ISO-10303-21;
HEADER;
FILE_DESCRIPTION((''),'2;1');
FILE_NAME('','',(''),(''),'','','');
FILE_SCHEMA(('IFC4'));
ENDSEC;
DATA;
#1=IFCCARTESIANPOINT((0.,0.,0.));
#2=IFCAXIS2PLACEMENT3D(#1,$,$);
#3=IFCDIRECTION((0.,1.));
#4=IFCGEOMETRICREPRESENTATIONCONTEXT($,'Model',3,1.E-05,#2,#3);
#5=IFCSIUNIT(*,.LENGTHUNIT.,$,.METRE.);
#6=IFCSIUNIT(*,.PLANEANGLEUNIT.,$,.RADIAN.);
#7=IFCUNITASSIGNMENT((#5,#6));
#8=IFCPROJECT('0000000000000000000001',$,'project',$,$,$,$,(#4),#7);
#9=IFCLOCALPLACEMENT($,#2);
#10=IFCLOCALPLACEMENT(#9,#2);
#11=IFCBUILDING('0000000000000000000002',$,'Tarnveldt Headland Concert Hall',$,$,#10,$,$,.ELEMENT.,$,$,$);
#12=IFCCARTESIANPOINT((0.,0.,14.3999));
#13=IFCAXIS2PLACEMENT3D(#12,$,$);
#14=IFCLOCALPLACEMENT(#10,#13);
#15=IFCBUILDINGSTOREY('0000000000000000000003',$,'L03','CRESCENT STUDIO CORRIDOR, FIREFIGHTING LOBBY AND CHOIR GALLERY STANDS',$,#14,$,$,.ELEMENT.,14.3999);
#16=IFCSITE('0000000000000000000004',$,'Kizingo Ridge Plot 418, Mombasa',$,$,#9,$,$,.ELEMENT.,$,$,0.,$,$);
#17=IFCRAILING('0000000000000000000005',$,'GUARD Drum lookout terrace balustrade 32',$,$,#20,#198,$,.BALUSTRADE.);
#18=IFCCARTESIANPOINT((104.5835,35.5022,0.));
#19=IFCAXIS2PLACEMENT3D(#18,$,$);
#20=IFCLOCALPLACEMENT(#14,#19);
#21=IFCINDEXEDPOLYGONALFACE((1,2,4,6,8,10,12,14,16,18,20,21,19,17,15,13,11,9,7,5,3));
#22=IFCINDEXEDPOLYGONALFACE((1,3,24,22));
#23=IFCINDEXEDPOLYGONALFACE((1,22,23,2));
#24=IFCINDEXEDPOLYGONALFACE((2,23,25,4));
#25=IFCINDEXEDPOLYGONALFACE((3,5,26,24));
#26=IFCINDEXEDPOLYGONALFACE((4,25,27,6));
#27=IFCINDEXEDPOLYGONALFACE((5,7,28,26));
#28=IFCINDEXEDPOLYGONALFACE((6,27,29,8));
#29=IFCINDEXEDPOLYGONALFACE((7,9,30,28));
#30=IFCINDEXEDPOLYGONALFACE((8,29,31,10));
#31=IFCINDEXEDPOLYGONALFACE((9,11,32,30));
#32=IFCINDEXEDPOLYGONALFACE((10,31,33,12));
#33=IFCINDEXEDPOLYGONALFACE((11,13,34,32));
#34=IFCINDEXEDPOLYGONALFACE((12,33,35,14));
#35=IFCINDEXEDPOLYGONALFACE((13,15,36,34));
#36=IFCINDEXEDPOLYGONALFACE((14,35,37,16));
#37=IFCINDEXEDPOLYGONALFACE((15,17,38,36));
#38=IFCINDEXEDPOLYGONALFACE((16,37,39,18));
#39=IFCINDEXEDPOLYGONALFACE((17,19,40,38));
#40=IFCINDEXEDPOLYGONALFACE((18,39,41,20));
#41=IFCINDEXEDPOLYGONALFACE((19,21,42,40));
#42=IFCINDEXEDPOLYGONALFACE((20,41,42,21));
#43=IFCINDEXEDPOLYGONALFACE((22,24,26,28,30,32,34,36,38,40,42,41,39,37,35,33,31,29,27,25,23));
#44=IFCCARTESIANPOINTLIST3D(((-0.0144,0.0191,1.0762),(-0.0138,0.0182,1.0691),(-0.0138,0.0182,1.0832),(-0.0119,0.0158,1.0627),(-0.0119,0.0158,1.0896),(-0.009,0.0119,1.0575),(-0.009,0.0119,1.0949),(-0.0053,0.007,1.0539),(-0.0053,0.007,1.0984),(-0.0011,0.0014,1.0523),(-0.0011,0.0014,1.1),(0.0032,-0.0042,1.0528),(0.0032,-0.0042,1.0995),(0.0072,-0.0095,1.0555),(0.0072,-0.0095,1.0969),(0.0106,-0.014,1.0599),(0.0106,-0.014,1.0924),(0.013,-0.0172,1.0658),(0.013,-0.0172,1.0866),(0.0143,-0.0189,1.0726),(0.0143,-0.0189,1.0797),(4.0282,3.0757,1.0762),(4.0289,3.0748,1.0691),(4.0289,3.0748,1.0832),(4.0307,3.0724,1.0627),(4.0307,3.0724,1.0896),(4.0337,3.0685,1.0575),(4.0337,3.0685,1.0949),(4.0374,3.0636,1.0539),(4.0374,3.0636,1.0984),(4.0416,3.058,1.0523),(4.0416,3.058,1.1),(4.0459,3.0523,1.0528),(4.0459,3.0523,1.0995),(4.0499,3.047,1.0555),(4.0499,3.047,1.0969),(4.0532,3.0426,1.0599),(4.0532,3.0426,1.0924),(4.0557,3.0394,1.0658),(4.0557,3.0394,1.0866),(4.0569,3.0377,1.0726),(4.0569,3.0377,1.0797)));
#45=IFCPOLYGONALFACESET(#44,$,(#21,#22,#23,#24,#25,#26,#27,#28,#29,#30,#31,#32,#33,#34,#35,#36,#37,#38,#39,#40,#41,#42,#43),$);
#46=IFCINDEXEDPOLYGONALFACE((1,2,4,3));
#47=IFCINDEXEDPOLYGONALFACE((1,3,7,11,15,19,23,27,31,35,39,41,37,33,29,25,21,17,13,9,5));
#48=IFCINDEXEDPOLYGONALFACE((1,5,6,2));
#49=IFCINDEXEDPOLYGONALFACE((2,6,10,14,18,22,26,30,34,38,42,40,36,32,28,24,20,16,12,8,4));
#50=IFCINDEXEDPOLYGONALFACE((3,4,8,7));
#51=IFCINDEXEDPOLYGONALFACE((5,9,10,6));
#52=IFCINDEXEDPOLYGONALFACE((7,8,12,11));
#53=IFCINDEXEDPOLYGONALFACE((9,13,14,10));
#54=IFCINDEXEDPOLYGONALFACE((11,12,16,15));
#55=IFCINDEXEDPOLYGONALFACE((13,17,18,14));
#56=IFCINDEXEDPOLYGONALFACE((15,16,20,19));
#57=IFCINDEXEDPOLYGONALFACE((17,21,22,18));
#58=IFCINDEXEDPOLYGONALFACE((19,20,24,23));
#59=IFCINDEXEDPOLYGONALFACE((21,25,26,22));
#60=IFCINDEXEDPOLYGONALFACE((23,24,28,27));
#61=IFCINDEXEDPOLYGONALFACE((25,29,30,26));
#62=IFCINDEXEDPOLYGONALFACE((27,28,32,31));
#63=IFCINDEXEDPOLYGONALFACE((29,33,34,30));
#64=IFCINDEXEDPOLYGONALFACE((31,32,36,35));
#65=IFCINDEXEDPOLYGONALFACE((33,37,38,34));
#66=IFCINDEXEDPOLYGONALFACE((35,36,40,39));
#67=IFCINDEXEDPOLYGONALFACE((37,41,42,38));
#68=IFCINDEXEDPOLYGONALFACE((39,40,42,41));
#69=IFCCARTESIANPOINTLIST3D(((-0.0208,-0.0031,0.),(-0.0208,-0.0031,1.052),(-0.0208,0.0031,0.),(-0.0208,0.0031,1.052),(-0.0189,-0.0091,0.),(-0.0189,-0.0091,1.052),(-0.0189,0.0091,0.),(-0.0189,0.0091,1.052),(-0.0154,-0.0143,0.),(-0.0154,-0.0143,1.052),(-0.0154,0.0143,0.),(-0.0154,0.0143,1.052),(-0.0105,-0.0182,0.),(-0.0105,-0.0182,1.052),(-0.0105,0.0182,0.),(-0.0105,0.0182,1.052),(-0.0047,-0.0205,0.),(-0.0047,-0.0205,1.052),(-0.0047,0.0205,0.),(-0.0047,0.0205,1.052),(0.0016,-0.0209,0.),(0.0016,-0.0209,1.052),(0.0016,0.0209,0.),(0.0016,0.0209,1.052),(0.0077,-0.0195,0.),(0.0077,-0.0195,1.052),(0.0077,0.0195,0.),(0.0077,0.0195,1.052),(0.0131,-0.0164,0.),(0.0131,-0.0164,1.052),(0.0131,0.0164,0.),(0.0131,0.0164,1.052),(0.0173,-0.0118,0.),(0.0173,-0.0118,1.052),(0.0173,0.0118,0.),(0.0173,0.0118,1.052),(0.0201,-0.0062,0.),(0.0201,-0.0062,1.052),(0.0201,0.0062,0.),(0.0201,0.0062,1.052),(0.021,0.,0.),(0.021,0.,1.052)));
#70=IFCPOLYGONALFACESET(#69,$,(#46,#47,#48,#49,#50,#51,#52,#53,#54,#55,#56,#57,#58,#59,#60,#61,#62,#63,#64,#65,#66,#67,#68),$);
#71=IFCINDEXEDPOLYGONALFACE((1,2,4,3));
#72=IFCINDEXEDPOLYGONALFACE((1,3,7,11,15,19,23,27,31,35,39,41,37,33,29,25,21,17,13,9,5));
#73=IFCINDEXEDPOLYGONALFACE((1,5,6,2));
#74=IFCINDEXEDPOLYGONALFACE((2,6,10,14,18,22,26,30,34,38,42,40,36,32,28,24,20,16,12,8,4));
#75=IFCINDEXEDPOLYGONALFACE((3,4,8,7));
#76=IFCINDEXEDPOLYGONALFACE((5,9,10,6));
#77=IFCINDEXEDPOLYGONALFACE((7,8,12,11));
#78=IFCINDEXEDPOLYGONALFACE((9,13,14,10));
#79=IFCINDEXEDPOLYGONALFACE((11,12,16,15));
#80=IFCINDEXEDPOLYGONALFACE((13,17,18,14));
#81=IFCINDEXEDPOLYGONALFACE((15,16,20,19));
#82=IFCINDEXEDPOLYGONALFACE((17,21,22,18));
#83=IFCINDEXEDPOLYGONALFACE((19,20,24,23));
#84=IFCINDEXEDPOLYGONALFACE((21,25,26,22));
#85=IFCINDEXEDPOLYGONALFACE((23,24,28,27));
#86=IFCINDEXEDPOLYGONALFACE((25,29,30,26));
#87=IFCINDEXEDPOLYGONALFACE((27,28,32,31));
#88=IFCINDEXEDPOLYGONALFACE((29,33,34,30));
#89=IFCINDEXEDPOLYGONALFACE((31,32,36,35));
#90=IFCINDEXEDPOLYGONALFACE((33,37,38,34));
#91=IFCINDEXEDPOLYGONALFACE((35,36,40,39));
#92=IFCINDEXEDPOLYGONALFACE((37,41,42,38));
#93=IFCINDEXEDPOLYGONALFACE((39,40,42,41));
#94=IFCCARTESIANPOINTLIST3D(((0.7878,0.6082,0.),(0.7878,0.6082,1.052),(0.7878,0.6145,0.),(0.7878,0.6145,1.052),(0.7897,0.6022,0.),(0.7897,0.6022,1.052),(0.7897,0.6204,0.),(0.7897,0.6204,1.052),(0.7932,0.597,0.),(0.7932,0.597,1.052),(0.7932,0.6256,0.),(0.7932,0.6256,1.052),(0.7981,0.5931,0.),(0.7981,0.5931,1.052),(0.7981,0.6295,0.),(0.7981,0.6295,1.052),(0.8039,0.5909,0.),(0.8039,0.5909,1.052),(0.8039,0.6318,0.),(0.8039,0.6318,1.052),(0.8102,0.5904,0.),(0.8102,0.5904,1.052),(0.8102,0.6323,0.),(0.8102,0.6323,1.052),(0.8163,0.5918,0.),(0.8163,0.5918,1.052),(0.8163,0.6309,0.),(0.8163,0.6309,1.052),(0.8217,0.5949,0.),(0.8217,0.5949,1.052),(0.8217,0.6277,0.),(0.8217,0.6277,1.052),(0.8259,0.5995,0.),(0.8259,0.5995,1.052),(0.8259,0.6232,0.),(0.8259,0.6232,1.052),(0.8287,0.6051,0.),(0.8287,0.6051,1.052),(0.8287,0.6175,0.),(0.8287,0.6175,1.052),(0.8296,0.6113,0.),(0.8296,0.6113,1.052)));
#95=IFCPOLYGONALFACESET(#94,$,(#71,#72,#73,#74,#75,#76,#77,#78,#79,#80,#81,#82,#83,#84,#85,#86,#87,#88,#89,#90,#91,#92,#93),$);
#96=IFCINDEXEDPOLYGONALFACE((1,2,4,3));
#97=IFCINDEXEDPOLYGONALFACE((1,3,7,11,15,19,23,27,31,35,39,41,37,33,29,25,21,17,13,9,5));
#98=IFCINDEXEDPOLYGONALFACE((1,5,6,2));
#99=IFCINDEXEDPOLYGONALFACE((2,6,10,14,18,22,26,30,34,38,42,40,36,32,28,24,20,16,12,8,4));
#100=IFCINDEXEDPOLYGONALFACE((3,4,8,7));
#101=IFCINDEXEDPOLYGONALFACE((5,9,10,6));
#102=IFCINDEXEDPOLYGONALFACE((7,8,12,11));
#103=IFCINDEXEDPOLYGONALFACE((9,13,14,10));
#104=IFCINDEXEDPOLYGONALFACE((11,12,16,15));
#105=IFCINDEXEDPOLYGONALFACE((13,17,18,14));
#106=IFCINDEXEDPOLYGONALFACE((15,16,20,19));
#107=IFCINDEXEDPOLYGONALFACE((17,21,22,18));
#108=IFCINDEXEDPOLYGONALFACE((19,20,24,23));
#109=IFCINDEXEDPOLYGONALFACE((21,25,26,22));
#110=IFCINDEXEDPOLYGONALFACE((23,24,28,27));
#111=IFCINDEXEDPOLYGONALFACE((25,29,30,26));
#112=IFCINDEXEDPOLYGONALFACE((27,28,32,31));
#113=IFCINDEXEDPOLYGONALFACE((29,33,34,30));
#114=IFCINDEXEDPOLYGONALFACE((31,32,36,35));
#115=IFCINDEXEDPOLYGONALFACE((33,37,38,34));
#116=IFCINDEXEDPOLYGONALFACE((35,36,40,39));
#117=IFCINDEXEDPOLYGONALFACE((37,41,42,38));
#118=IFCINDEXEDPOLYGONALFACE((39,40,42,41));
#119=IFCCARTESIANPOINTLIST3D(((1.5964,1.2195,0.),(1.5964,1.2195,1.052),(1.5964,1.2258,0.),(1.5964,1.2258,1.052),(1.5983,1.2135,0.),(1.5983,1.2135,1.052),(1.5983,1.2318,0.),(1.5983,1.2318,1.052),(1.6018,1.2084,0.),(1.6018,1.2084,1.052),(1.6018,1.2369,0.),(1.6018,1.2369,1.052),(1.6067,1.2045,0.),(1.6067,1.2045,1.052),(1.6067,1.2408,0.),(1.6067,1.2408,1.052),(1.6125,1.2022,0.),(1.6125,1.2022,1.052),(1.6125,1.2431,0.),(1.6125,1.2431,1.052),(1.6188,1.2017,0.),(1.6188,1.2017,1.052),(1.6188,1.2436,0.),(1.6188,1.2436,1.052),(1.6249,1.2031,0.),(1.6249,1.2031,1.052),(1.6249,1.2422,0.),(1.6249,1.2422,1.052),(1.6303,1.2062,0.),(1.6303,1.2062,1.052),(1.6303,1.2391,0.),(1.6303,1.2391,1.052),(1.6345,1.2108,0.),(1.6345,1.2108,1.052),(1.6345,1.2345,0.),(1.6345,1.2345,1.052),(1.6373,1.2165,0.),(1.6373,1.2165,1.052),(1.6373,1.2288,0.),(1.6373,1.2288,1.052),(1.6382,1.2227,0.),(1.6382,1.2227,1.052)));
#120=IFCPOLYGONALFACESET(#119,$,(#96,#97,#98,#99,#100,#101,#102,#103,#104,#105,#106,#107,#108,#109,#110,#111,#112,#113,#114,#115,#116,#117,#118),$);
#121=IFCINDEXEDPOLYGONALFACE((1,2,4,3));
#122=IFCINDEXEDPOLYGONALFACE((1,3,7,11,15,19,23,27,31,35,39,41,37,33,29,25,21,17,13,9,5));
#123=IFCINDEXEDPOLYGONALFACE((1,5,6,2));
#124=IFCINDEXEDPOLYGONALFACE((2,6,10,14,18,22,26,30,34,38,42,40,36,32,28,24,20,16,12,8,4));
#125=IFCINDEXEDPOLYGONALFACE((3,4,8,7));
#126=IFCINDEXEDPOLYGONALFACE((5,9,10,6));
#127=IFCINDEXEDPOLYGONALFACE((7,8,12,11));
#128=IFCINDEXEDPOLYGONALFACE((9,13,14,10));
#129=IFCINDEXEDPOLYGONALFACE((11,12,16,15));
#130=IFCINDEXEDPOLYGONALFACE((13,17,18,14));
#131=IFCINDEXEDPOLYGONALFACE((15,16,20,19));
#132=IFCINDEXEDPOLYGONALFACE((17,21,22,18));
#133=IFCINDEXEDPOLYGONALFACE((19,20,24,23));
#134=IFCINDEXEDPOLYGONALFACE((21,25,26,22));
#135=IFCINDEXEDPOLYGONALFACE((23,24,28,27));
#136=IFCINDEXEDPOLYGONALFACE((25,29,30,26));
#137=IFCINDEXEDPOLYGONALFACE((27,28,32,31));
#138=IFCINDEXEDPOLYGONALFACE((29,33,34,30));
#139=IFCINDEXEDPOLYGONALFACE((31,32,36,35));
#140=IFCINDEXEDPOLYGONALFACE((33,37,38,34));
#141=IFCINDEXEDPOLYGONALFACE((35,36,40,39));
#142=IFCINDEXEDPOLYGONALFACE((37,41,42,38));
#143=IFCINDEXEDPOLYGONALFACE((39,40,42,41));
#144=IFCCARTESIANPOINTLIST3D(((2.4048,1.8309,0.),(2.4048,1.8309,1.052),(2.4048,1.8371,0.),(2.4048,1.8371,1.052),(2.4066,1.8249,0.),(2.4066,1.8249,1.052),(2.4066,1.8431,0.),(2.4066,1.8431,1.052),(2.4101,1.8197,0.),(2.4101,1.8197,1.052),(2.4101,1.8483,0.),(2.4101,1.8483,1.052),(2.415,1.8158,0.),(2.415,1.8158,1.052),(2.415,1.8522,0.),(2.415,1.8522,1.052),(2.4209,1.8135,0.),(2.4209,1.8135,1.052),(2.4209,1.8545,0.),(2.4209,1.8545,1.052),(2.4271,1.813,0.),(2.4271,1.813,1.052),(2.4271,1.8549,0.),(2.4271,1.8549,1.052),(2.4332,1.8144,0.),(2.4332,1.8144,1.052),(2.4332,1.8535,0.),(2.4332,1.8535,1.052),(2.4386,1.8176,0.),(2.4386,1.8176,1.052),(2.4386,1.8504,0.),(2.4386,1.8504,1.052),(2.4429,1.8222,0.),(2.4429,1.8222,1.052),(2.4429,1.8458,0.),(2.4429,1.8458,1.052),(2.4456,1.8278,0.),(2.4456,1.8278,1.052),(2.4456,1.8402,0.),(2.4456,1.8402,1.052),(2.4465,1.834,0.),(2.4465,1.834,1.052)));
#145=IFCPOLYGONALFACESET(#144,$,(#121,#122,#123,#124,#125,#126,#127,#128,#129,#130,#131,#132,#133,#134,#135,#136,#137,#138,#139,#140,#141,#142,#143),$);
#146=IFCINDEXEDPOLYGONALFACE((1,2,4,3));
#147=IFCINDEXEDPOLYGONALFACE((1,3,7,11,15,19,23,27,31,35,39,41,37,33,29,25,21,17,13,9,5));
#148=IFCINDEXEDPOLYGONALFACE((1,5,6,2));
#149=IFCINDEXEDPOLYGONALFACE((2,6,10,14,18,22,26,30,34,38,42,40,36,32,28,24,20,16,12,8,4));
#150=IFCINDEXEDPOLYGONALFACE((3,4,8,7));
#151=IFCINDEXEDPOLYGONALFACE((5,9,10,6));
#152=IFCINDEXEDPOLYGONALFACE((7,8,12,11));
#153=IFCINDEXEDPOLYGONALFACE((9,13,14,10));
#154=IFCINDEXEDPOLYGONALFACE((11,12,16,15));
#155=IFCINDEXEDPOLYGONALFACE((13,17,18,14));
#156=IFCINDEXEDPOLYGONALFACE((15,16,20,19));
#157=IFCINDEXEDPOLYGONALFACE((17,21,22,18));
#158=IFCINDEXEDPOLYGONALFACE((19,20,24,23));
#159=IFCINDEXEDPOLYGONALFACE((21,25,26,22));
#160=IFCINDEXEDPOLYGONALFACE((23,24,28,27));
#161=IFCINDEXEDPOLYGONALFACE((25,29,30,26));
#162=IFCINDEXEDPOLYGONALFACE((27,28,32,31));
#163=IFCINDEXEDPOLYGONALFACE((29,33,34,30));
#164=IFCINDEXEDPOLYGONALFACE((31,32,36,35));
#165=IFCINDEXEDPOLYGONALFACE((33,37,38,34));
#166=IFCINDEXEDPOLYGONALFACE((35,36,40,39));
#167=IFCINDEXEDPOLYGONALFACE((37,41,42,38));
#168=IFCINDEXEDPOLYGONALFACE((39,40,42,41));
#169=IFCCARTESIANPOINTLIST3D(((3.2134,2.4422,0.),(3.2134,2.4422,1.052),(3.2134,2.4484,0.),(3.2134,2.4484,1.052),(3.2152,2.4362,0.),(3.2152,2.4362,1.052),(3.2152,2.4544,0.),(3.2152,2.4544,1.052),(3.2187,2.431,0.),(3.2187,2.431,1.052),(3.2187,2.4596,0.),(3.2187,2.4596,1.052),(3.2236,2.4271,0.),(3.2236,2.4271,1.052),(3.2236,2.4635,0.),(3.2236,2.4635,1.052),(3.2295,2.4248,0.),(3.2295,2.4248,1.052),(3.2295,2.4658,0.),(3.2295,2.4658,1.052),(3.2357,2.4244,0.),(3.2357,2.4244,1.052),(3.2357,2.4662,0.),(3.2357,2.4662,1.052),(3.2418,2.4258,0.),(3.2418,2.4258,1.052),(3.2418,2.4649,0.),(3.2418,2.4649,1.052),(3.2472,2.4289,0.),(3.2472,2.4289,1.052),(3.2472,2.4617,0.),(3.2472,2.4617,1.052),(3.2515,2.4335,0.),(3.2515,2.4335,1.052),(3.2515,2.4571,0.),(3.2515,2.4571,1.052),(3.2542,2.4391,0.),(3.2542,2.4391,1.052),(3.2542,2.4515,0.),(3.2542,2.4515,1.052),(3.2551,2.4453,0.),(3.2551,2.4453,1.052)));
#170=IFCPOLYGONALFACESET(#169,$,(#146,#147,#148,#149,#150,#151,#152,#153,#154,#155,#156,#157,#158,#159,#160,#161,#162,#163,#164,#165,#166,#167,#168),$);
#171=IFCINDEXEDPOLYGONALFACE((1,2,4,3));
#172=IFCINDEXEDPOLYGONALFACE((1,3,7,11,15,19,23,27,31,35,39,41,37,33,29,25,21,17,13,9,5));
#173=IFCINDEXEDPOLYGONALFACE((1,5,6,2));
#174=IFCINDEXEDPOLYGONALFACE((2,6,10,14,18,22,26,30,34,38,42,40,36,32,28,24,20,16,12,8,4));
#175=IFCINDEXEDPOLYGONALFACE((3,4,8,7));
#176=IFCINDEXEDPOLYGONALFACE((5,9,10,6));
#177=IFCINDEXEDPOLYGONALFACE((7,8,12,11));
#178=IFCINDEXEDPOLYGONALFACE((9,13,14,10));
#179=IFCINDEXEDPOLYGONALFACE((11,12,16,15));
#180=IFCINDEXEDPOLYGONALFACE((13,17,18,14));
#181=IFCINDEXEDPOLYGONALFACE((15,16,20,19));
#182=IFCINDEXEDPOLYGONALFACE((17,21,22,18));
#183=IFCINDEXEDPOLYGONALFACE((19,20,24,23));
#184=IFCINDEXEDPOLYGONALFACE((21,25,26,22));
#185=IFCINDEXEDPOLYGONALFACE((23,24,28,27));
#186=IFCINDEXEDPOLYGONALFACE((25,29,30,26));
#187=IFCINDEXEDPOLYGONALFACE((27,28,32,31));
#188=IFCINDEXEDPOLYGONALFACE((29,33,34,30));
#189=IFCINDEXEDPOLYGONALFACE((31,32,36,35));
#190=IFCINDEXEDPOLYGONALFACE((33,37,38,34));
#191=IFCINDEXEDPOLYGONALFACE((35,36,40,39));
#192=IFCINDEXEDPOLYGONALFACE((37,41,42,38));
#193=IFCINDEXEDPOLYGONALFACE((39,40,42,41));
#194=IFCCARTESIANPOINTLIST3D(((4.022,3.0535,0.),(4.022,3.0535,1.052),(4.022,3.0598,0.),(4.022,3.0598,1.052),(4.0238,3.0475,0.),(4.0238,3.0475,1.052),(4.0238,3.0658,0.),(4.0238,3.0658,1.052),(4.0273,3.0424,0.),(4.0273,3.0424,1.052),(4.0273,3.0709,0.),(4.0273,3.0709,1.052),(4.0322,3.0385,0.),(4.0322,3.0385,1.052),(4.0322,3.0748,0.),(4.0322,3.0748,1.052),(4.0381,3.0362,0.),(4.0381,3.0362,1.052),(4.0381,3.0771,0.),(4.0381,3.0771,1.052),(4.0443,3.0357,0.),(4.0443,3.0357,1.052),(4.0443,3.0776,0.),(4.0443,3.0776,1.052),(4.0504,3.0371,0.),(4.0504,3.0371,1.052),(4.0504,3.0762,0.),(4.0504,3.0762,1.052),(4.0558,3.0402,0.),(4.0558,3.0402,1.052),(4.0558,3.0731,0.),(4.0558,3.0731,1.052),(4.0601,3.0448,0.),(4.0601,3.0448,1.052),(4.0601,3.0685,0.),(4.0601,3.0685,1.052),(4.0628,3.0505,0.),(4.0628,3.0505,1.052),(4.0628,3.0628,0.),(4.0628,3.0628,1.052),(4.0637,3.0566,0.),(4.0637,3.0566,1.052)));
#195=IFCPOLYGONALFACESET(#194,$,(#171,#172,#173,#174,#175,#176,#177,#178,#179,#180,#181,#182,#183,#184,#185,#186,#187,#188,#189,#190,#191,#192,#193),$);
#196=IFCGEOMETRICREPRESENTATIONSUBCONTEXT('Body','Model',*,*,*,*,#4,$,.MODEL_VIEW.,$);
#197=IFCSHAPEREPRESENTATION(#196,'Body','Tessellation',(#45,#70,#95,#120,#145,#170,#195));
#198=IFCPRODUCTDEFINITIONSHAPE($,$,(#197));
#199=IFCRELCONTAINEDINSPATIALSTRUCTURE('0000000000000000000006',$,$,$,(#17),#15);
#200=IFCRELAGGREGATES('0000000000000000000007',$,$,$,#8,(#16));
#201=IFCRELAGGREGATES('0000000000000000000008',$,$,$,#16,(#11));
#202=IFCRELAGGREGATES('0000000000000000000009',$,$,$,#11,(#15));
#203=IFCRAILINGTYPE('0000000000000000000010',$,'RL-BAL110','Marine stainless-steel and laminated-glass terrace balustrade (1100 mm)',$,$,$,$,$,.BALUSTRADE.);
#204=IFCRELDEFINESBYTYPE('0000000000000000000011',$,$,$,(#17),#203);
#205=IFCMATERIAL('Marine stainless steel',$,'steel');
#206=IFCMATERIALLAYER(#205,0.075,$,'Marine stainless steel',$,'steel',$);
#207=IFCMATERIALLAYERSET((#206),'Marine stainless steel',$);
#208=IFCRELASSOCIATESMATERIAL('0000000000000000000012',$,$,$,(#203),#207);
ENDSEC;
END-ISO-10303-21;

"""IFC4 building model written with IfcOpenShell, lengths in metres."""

from ifc_helpers import new_model, si_unit, direction, frame, origin, origin_2d, place, context, subcontext, project, spatial, circle, extrude, material, layer, layer_set, type_object, element, save


model = new_model("IFC4")

# Units and contexts
model_context = context("Model", 3, precision=1e-05, world=origin(), true_north=direction((0.0, 1.0)))
body_context = subcontext(model_context, "Body", "Model", "MODEL_VIEW")
ifc_project = project(units=[si_unit("LENGTHUNIT", "METRE"), si_unit("PLANEANGLEUNIT", "RADIAN")], contexts=[model_context])

# Site, building, storey
site_placement = place(None, origin())
site = spatial("IfcSite", under=ifc_project, at=site_placement, Name="Kizingo Ridge Plot 418, Mombasa", CompositionType="ELEMENT", RefElevation=0.0)
building_placement = place(site_placement, origin())
building = spatial("IfcBuilding", under=site, at=building_placement, Name="Tarnveldt Headland Concert Hall", CompositionType="ELEMENT")
storey_placement = place(building_placement, frame((0.0, 0.0, 14.3999)))
storey = spatial("IfcBuildingStorey", under=building, at=storey_placement, Name="L03", Description="CRESCENT STUDIO CORRIDOR, FIREFIGHTING LOBBY AND CHOIR GALLERY STANDS", CompositionType="ELEMENT", Elevation=14.3999)

# Railing
ifc_material_1 = material(Name="Marine stainless steel", Category="steel")
ifc_layer_1 = layer(ifc_material_1, 0.075, Name="Marine stainless steel", Category="steel")
ifc_layer_set_1 = layer_set([ifc_layer_1], Name="Marine stainless steel")
railing_type = type_object("IfcRailingType", Name="RL-BAL110", Description="Marine stainless-steel and laminated-glass terrace balustrade (1100 mm)", PredefinedType="BALUSTRADE", material=ifc_layer_set_1)
railing_1_placement = place(storey_placement, frame((104.5835, 35.5022, 0.0)))
element("IfcRailing", 1, at=railing_1_placement, inside=storey, type_object=railing_type, Name="GUARD Drum lookout terrace balustrade 32", PredefinedType="BALUSTRADE", context=body_context, shape_type="SweptSolid", body=[
    extrude(circle(Radius=0.0239, at=origin_2d()), frame((0.0, 0.0, 1.0762), z_axis=(0.797664, 0.603102, 0.0), x_axis=(-0.603102, 0.797664, 0.0)), (0.0, 0.0, 1.0), 5.0681),
    extrude(circle(Radius=0.021, at=origin_2d()), origin(), (0.0, 0.0, 1.0), 1.052),
    extrude(circle(Radius=0.021, at=origin_2d()), frame((0.8086, 0.6113, 0.0)), (0.0, 0.0, 1.0), 1.052),
    extrude(circle(Radius=0.021, at=origin_2d()), frame((1.6172, 1.2227, 0.0)), (0.0, 0.0, 1.0), 1.052),
    extrude(circle(Radius=0.021, at=origin_2d()), frame((2.4255, 1.834, 0.0)), (0.0, 0.0, 1.0), 1.052),
    extrude(circle(Radius=0.021, at=origin_2d()), frame((3.2341, 2.4453, 0.0)), (0.0, 0.0, 1.0), 1.052),
    extrude(circle(Radius=0.021, at=origin_2d()), frame((4.0427, 3.0566, 0.0)), (0.0, 0.0, 1.0), 1.052),
])

save(model, "model.ifc")
